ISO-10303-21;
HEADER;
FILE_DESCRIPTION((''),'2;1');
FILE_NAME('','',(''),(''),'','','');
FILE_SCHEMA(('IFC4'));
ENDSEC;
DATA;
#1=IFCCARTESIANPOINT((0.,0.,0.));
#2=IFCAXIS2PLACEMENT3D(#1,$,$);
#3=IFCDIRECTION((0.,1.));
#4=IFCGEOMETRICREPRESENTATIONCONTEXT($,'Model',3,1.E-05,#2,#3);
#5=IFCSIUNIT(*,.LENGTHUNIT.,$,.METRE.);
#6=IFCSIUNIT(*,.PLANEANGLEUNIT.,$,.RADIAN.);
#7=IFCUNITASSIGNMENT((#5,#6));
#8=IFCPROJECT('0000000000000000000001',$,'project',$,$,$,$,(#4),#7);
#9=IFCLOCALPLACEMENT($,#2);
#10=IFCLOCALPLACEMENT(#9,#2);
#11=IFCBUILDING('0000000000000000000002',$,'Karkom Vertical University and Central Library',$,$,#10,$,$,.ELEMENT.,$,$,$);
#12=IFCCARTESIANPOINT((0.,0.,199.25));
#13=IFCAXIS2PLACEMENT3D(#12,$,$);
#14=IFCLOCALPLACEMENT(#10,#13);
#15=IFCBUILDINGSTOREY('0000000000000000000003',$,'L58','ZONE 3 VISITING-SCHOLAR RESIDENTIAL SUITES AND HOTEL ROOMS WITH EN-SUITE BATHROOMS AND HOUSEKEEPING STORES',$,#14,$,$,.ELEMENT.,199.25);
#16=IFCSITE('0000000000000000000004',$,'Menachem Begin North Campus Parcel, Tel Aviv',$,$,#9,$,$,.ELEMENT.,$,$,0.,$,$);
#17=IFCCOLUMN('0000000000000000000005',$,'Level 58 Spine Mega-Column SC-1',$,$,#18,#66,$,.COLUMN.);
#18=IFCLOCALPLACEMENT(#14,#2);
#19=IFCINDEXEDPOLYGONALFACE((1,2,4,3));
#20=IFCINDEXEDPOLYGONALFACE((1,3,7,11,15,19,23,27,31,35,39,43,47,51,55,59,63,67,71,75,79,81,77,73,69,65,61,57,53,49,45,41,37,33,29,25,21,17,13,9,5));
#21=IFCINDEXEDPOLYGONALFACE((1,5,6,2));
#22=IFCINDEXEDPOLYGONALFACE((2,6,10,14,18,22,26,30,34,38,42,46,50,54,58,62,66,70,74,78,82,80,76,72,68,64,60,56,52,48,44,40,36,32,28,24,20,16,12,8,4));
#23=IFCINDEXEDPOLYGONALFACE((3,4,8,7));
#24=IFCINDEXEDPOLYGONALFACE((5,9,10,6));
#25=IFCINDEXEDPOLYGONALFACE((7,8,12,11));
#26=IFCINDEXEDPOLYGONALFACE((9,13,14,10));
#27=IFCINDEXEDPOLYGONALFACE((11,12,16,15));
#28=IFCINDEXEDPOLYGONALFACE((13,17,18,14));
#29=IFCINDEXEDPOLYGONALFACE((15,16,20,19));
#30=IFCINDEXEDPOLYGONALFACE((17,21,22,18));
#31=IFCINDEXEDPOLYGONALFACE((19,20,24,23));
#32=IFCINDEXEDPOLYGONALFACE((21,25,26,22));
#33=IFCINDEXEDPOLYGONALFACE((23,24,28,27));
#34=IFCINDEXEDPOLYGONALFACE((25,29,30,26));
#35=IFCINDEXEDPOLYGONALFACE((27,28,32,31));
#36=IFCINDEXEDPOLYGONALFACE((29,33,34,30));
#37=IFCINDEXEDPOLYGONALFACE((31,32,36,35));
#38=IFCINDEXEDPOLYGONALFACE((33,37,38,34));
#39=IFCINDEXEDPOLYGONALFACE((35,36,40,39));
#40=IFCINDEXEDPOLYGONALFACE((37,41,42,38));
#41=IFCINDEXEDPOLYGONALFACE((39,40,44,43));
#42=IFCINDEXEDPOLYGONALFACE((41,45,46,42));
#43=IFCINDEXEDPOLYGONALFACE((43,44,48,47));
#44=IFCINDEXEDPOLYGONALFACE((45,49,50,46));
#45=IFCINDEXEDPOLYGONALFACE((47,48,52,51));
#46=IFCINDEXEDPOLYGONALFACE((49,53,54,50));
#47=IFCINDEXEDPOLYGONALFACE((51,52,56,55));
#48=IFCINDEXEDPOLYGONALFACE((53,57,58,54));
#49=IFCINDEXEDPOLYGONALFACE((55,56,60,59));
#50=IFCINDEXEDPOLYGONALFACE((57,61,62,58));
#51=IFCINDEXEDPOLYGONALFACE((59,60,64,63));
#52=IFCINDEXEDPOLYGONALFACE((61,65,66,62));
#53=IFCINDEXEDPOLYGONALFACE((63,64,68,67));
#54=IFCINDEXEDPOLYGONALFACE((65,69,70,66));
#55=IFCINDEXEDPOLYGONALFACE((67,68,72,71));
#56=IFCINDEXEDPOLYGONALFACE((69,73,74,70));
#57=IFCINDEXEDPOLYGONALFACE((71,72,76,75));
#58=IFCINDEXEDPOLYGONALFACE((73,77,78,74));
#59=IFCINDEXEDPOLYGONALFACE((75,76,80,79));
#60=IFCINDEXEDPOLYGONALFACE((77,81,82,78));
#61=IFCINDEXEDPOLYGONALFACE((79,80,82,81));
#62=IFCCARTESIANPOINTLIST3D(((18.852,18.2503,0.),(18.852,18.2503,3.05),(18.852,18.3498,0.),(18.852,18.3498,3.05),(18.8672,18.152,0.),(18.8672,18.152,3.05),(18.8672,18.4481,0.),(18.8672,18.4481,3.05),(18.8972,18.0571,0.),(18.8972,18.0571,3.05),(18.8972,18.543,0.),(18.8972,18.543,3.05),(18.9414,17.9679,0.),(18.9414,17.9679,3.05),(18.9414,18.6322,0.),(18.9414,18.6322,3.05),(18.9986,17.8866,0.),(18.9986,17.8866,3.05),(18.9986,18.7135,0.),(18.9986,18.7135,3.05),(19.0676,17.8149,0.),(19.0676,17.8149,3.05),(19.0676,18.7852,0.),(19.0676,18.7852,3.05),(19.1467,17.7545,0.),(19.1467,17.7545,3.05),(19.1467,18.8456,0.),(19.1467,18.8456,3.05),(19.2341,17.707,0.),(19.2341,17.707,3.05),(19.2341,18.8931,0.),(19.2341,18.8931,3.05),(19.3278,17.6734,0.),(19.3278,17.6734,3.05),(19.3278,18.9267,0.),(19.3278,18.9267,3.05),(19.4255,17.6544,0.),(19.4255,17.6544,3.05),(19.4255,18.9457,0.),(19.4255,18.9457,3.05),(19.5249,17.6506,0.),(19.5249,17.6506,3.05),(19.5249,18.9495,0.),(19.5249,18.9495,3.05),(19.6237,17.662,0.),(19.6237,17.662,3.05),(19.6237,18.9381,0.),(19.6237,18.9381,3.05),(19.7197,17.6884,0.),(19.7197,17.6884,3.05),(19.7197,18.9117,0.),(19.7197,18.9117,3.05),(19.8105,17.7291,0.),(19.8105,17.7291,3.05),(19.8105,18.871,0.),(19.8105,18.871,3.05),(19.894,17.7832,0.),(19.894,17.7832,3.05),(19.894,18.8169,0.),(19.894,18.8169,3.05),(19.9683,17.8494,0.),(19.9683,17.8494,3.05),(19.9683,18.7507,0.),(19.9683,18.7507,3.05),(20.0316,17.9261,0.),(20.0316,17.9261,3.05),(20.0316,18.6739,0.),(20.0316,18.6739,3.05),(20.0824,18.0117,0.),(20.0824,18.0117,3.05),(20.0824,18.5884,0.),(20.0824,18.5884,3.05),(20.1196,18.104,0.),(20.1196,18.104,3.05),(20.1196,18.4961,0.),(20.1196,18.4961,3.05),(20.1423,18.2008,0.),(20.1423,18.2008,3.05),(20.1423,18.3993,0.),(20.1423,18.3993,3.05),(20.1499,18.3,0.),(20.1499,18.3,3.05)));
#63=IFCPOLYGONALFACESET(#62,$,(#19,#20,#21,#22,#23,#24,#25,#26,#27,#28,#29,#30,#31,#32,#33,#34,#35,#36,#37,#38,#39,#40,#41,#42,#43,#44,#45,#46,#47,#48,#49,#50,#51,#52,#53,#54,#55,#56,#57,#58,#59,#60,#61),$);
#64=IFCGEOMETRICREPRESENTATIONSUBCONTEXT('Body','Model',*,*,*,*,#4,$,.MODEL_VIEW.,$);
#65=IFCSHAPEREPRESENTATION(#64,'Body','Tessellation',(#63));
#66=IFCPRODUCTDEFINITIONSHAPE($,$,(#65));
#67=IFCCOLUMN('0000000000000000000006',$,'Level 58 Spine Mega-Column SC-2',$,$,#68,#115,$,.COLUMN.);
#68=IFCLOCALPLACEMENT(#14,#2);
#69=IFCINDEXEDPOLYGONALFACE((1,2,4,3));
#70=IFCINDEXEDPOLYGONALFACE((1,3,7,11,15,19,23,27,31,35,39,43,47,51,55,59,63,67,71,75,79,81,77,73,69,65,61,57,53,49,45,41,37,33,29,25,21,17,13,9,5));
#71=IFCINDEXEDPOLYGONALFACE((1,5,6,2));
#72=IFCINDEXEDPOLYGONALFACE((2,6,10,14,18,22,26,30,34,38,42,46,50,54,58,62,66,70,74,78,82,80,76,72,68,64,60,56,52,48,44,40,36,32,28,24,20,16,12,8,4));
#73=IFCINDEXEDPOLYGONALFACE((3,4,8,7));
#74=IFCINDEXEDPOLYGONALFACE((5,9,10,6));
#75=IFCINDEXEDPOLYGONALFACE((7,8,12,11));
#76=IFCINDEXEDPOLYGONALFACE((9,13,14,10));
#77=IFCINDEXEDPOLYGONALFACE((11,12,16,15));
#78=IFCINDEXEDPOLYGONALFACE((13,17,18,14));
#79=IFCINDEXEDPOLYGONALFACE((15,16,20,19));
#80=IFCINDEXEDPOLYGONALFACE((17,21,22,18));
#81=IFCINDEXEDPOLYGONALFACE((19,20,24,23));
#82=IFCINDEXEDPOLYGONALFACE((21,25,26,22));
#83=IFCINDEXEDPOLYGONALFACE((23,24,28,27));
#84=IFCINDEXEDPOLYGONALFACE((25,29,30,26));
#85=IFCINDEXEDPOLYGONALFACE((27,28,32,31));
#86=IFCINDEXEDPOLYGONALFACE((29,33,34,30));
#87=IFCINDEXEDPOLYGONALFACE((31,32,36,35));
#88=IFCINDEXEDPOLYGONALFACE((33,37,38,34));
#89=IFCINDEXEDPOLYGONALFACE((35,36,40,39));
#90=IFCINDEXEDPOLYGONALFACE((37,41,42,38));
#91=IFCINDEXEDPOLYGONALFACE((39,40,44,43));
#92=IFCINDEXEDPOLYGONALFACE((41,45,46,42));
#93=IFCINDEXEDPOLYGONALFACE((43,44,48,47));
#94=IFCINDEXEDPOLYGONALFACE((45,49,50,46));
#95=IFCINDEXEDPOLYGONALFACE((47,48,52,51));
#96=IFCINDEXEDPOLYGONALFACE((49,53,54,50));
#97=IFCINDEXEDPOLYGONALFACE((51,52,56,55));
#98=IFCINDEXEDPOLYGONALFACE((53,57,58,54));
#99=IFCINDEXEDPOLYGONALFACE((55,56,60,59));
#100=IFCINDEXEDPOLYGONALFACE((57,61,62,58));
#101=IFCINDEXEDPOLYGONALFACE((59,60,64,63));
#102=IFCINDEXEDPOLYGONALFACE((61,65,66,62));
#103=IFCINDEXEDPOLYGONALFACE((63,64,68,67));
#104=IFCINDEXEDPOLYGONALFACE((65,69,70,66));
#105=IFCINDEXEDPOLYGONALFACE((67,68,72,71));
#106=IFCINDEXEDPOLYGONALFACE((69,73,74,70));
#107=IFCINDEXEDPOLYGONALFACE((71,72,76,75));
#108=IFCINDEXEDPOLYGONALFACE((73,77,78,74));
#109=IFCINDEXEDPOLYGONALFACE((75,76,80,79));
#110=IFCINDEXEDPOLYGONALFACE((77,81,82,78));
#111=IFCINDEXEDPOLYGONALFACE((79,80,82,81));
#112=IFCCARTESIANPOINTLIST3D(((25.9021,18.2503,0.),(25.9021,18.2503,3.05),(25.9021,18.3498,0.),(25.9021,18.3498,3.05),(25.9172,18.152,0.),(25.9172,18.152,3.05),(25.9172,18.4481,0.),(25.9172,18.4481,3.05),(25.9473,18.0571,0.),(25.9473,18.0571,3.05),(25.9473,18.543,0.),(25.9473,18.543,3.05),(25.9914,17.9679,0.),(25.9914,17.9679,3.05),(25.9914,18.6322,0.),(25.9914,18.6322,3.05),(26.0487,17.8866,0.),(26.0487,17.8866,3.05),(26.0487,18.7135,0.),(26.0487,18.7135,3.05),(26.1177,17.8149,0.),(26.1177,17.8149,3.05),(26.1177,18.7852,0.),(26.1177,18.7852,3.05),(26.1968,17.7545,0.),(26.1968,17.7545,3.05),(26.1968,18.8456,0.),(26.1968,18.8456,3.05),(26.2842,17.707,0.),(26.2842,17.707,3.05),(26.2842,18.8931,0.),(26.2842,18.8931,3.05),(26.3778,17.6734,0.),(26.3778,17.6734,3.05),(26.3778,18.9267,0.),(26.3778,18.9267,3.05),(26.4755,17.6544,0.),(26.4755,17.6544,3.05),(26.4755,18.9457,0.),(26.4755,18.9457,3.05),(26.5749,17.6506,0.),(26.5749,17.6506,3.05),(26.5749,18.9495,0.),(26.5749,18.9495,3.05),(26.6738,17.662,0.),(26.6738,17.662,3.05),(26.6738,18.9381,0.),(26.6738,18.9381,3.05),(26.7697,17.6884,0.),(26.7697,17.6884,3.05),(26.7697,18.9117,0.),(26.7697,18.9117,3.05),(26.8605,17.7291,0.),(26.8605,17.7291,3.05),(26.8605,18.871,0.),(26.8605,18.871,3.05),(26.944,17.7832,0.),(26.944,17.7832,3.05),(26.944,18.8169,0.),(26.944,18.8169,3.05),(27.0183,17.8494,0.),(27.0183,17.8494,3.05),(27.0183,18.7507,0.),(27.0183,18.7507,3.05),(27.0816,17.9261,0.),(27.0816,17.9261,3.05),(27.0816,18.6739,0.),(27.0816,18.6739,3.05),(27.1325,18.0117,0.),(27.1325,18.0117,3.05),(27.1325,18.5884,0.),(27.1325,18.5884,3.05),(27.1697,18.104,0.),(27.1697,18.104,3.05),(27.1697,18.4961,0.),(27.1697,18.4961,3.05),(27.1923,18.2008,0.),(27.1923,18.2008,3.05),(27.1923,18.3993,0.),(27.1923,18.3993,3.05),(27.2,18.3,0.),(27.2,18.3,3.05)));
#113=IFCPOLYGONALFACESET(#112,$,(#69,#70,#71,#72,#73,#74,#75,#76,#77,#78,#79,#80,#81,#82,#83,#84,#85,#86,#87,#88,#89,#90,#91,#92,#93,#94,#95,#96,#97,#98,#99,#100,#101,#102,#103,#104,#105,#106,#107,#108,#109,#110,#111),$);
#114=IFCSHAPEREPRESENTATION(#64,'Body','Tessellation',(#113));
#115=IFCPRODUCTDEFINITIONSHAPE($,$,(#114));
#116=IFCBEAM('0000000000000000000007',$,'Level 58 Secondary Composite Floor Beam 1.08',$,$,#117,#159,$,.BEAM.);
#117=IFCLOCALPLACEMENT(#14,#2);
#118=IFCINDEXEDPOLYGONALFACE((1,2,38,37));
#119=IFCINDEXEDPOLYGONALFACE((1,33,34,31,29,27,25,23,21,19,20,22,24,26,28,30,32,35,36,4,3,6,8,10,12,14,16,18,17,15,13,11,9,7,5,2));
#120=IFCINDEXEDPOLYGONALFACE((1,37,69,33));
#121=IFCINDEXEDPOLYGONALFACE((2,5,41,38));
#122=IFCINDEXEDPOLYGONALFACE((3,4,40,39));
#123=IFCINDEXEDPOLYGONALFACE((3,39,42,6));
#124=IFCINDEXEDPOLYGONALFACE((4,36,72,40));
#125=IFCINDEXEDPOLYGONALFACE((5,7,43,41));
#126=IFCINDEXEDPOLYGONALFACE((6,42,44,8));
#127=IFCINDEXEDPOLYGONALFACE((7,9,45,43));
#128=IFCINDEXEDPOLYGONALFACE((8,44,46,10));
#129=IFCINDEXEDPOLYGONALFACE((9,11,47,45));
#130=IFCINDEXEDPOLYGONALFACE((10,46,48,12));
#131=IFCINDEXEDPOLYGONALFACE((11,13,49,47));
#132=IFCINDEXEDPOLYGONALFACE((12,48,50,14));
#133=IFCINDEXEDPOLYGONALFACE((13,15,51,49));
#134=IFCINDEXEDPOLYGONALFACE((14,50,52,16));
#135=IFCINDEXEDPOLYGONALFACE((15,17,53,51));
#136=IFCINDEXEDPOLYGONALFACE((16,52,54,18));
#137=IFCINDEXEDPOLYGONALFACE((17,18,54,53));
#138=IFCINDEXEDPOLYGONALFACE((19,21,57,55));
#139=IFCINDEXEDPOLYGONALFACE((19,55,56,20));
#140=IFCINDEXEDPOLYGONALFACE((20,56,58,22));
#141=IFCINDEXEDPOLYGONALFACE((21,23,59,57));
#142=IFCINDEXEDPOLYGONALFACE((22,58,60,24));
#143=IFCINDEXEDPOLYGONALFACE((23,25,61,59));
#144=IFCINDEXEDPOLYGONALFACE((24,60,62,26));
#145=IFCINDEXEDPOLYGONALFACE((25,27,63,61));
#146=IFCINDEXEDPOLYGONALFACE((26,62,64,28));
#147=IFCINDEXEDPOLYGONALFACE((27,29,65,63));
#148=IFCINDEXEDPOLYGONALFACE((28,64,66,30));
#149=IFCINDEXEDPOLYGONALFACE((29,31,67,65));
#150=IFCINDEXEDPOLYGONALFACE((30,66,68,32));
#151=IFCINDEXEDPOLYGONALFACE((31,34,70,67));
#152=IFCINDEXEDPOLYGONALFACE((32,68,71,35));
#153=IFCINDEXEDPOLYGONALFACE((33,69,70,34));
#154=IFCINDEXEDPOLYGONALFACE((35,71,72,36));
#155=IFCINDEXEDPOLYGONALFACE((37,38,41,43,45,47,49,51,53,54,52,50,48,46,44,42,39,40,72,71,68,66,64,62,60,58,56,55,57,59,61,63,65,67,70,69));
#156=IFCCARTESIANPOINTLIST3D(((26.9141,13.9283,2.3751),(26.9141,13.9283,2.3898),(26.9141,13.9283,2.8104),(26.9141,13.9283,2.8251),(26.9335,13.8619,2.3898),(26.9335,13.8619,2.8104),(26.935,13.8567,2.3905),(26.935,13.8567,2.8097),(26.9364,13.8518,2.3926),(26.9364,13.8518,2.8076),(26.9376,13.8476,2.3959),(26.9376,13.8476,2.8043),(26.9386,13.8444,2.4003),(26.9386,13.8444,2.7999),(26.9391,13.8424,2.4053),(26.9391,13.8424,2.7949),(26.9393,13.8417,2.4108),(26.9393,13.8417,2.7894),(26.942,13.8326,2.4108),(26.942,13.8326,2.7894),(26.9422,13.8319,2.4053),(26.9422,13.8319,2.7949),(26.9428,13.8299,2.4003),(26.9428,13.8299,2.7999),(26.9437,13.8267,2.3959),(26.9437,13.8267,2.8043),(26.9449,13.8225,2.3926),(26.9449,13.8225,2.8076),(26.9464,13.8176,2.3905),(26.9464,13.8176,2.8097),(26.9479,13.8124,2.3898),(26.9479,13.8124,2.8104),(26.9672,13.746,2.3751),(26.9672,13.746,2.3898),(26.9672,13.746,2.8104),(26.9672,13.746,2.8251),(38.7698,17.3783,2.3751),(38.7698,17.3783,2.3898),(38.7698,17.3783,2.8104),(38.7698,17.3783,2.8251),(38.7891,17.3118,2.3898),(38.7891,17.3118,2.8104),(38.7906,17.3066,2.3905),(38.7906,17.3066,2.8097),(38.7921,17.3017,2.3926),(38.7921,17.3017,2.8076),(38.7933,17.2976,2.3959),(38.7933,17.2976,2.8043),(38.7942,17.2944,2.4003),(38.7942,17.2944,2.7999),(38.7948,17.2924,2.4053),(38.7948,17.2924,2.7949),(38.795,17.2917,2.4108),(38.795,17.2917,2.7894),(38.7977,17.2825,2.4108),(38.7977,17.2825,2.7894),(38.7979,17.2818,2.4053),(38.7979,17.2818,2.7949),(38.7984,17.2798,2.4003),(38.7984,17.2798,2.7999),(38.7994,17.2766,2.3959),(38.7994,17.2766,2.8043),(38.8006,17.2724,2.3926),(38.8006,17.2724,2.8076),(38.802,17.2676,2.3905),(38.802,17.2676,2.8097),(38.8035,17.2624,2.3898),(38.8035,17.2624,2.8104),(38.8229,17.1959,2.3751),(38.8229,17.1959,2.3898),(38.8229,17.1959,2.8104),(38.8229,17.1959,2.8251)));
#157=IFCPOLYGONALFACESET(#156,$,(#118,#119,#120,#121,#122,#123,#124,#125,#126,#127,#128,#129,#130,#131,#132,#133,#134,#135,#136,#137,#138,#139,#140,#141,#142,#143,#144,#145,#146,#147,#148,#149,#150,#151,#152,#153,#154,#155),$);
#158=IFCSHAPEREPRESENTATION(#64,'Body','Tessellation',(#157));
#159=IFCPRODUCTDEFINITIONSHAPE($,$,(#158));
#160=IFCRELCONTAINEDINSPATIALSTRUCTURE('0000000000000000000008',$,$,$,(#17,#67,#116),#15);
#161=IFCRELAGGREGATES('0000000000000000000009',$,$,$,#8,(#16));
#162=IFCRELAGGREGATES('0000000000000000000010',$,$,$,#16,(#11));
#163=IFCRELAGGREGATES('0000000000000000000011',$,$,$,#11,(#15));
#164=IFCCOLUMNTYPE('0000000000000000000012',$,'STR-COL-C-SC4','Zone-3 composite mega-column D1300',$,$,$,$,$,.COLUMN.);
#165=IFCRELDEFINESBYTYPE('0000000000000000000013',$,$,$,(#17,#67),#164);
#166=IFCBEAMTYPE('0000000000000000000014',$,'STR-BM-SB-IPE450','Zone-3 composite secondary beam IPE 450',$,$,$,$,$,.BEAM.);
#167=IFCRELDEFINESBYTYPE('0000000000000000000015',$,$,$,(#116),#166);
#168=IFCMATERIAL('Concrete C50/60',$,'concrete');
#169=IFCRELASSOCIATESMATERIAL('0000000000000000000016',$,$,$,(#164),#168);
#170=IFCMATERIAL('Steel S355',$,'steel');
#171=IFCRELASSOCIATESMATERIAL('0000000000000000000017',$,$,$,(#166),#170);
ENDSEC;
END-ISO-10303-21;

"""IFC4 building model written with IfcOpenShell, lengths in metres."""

from ifc_helpers import new_model, si_unit, direction, frame, origin, origin_with_axes, origin_2d, place, context, subcontext, project, spatial, circle, i_section, extrude, source, transform, mapped, material, material_profile, profile_set, type_object, element, save


model = new_model("IFC4")

# Units and contexts
model_context = context("Model", 3, precision=1e-05, world=origin(), true_north=direction((0.0, 1.0)))
body_context = subcontext(model_context, "Body", "Model", "MODEL_VIEW")
ifc_project = project(units=[si_unit("LENGTHUNIT", "METRE"), si_unit("PLANEANGLEUNIT", "RADIAN")], contexts=[model_context])

# Site, building, storey
site_placement = place(None, origin())
site = spatial("IfcSite", under=ifc_project, at=site_placement, Name="Menachem Begin North Campus Parcel, Tel Aviv", CompositionType="ELEMENT", RefElevation=0.0)
building_placement = place(site_placement, origin())
building = spatial("IfcBuilding", under=site, at=building_placement, Name="Karkom Vertical University and Central Library", CompositionType="ELEMENT")
storey_placement = place(building_placement, frame((0.0, 0.0, 199.25)))
storey = spatial("IfcBuildingStorey", under=building, at=storey_placement, Name="L58", Description="ZONE 3 VISITING-SCHOLAR RESIDENTIAL SUITES AND HOTEL ROOMS WITH EN-SUITE BATHROOMS AND HOUSEKEEPING STORES", CompositionType="ELEMENT", Elevation=199.25)

# Columns
ifc_material_1 = material(Name="Concrete C50/60", Category="concrete")
ifc_material_profile_1 = material_profile(ifc_material_1, circle(Radius=0.6499, at=origin_2d()), Name="CFT-D1300")
ifc_profile_set_1 = profile_set([ifc_material_profile_1], Name="Concrete C50/60")
column_type = type_object("IfcColumnType", Name="STR-COL-C-SC4", Description="Zone-3 composite mega-column D1300", PredefinedType="COLUMN", material=ifc_profile_set_1)
shared_shape_1 = source(origin_with_axes(), body_context, "Body", "SweptSolid", [
    extrude(circle(Radius=0.6499, at=origin_2d()), origin(), (0.0, 0.0, 1.0), 3.05),
])
for number, where, z_axis, x_axis, name in (
    (1, (19.5, 18.3, 0.0), (0.0, 0.0, 1.0), (1.0, 0.0, 0.0), "Level 58 Spine Mega-Column SC-1"),
    (2, (26.55, 18.3, 0.0), (0.0, 0.0, 1.0), (1.0, 0.0, 0.0), "Level 58 Spine Mega-Column SC-2"),
):
    element("IfcColumn", number, at=place(storey_placement, frame(where, z_axis=z_axis, x_axis=x_axis)), inside=storey, type_object=column_type, Name=name, PredefinedType="COLUMN", context=body_context, shape_type="MappedRepresentation", body=[
        mapped(shared_shape_1, transform((0.0, 0.0, 0.0), scale=1.0)),
    ])

# Beam
ifc_material_2 = material(Name="Steel S355", Category="steel")
ifc_material_profile_2 = material_profile(ifc_material_2, i_section(OverallWidth=0.1899, OverallDepth=0.45, WebThickness=0.0095, FlangeThickness=0.0146, FilletRadius=0.021, at=origin_2d()), Name="IPE 450")
ifc_profile_set_2 = profile_set([ifc_material_profile_2], Name="Steel S355")
beam_type_1 = type_object("IfcBeamType", Name="STR-BM-SB-IPE450", Description="Zone-3 composite secondary beam IPE 450", PredefinedType="BEAM", material=ifc_profile_set_2)
shared_shape_2 = source(origin_with_axes(), body_context, "Body", "SweptSolid", [
    extrude(i_section(OverallWidth=0.1899, OverallDepth=0.45, WebThickness=0.0095, FlangeThickness=0.0146, FilletRadius=0.021, at=origin_2d()), origin(), (0.0, 0.0, 1.0), 12.3474),
])
beam_1_placement = place(storey_placement, frame((26.9407, 13.8372, 2.6001), z_axis=(0.960173, 0.279405, 0.0), x_axis=(-0.279405, 0.960173, 0.0)))
element("IfcBeam", 3, at=beam_1_placement, inside=storey, type_object=beam_type_1, Name="Level 58 Secondary Composite Floor Beam 1.08", PredefinedType="BEAM", context=body_context, shape_type="MappedRepresentation", body=[
    mapped(shared_shape_2, transform((0.0, 0.0, 0.0), scale=1.0)),
])

save(model, "model.ifc")
